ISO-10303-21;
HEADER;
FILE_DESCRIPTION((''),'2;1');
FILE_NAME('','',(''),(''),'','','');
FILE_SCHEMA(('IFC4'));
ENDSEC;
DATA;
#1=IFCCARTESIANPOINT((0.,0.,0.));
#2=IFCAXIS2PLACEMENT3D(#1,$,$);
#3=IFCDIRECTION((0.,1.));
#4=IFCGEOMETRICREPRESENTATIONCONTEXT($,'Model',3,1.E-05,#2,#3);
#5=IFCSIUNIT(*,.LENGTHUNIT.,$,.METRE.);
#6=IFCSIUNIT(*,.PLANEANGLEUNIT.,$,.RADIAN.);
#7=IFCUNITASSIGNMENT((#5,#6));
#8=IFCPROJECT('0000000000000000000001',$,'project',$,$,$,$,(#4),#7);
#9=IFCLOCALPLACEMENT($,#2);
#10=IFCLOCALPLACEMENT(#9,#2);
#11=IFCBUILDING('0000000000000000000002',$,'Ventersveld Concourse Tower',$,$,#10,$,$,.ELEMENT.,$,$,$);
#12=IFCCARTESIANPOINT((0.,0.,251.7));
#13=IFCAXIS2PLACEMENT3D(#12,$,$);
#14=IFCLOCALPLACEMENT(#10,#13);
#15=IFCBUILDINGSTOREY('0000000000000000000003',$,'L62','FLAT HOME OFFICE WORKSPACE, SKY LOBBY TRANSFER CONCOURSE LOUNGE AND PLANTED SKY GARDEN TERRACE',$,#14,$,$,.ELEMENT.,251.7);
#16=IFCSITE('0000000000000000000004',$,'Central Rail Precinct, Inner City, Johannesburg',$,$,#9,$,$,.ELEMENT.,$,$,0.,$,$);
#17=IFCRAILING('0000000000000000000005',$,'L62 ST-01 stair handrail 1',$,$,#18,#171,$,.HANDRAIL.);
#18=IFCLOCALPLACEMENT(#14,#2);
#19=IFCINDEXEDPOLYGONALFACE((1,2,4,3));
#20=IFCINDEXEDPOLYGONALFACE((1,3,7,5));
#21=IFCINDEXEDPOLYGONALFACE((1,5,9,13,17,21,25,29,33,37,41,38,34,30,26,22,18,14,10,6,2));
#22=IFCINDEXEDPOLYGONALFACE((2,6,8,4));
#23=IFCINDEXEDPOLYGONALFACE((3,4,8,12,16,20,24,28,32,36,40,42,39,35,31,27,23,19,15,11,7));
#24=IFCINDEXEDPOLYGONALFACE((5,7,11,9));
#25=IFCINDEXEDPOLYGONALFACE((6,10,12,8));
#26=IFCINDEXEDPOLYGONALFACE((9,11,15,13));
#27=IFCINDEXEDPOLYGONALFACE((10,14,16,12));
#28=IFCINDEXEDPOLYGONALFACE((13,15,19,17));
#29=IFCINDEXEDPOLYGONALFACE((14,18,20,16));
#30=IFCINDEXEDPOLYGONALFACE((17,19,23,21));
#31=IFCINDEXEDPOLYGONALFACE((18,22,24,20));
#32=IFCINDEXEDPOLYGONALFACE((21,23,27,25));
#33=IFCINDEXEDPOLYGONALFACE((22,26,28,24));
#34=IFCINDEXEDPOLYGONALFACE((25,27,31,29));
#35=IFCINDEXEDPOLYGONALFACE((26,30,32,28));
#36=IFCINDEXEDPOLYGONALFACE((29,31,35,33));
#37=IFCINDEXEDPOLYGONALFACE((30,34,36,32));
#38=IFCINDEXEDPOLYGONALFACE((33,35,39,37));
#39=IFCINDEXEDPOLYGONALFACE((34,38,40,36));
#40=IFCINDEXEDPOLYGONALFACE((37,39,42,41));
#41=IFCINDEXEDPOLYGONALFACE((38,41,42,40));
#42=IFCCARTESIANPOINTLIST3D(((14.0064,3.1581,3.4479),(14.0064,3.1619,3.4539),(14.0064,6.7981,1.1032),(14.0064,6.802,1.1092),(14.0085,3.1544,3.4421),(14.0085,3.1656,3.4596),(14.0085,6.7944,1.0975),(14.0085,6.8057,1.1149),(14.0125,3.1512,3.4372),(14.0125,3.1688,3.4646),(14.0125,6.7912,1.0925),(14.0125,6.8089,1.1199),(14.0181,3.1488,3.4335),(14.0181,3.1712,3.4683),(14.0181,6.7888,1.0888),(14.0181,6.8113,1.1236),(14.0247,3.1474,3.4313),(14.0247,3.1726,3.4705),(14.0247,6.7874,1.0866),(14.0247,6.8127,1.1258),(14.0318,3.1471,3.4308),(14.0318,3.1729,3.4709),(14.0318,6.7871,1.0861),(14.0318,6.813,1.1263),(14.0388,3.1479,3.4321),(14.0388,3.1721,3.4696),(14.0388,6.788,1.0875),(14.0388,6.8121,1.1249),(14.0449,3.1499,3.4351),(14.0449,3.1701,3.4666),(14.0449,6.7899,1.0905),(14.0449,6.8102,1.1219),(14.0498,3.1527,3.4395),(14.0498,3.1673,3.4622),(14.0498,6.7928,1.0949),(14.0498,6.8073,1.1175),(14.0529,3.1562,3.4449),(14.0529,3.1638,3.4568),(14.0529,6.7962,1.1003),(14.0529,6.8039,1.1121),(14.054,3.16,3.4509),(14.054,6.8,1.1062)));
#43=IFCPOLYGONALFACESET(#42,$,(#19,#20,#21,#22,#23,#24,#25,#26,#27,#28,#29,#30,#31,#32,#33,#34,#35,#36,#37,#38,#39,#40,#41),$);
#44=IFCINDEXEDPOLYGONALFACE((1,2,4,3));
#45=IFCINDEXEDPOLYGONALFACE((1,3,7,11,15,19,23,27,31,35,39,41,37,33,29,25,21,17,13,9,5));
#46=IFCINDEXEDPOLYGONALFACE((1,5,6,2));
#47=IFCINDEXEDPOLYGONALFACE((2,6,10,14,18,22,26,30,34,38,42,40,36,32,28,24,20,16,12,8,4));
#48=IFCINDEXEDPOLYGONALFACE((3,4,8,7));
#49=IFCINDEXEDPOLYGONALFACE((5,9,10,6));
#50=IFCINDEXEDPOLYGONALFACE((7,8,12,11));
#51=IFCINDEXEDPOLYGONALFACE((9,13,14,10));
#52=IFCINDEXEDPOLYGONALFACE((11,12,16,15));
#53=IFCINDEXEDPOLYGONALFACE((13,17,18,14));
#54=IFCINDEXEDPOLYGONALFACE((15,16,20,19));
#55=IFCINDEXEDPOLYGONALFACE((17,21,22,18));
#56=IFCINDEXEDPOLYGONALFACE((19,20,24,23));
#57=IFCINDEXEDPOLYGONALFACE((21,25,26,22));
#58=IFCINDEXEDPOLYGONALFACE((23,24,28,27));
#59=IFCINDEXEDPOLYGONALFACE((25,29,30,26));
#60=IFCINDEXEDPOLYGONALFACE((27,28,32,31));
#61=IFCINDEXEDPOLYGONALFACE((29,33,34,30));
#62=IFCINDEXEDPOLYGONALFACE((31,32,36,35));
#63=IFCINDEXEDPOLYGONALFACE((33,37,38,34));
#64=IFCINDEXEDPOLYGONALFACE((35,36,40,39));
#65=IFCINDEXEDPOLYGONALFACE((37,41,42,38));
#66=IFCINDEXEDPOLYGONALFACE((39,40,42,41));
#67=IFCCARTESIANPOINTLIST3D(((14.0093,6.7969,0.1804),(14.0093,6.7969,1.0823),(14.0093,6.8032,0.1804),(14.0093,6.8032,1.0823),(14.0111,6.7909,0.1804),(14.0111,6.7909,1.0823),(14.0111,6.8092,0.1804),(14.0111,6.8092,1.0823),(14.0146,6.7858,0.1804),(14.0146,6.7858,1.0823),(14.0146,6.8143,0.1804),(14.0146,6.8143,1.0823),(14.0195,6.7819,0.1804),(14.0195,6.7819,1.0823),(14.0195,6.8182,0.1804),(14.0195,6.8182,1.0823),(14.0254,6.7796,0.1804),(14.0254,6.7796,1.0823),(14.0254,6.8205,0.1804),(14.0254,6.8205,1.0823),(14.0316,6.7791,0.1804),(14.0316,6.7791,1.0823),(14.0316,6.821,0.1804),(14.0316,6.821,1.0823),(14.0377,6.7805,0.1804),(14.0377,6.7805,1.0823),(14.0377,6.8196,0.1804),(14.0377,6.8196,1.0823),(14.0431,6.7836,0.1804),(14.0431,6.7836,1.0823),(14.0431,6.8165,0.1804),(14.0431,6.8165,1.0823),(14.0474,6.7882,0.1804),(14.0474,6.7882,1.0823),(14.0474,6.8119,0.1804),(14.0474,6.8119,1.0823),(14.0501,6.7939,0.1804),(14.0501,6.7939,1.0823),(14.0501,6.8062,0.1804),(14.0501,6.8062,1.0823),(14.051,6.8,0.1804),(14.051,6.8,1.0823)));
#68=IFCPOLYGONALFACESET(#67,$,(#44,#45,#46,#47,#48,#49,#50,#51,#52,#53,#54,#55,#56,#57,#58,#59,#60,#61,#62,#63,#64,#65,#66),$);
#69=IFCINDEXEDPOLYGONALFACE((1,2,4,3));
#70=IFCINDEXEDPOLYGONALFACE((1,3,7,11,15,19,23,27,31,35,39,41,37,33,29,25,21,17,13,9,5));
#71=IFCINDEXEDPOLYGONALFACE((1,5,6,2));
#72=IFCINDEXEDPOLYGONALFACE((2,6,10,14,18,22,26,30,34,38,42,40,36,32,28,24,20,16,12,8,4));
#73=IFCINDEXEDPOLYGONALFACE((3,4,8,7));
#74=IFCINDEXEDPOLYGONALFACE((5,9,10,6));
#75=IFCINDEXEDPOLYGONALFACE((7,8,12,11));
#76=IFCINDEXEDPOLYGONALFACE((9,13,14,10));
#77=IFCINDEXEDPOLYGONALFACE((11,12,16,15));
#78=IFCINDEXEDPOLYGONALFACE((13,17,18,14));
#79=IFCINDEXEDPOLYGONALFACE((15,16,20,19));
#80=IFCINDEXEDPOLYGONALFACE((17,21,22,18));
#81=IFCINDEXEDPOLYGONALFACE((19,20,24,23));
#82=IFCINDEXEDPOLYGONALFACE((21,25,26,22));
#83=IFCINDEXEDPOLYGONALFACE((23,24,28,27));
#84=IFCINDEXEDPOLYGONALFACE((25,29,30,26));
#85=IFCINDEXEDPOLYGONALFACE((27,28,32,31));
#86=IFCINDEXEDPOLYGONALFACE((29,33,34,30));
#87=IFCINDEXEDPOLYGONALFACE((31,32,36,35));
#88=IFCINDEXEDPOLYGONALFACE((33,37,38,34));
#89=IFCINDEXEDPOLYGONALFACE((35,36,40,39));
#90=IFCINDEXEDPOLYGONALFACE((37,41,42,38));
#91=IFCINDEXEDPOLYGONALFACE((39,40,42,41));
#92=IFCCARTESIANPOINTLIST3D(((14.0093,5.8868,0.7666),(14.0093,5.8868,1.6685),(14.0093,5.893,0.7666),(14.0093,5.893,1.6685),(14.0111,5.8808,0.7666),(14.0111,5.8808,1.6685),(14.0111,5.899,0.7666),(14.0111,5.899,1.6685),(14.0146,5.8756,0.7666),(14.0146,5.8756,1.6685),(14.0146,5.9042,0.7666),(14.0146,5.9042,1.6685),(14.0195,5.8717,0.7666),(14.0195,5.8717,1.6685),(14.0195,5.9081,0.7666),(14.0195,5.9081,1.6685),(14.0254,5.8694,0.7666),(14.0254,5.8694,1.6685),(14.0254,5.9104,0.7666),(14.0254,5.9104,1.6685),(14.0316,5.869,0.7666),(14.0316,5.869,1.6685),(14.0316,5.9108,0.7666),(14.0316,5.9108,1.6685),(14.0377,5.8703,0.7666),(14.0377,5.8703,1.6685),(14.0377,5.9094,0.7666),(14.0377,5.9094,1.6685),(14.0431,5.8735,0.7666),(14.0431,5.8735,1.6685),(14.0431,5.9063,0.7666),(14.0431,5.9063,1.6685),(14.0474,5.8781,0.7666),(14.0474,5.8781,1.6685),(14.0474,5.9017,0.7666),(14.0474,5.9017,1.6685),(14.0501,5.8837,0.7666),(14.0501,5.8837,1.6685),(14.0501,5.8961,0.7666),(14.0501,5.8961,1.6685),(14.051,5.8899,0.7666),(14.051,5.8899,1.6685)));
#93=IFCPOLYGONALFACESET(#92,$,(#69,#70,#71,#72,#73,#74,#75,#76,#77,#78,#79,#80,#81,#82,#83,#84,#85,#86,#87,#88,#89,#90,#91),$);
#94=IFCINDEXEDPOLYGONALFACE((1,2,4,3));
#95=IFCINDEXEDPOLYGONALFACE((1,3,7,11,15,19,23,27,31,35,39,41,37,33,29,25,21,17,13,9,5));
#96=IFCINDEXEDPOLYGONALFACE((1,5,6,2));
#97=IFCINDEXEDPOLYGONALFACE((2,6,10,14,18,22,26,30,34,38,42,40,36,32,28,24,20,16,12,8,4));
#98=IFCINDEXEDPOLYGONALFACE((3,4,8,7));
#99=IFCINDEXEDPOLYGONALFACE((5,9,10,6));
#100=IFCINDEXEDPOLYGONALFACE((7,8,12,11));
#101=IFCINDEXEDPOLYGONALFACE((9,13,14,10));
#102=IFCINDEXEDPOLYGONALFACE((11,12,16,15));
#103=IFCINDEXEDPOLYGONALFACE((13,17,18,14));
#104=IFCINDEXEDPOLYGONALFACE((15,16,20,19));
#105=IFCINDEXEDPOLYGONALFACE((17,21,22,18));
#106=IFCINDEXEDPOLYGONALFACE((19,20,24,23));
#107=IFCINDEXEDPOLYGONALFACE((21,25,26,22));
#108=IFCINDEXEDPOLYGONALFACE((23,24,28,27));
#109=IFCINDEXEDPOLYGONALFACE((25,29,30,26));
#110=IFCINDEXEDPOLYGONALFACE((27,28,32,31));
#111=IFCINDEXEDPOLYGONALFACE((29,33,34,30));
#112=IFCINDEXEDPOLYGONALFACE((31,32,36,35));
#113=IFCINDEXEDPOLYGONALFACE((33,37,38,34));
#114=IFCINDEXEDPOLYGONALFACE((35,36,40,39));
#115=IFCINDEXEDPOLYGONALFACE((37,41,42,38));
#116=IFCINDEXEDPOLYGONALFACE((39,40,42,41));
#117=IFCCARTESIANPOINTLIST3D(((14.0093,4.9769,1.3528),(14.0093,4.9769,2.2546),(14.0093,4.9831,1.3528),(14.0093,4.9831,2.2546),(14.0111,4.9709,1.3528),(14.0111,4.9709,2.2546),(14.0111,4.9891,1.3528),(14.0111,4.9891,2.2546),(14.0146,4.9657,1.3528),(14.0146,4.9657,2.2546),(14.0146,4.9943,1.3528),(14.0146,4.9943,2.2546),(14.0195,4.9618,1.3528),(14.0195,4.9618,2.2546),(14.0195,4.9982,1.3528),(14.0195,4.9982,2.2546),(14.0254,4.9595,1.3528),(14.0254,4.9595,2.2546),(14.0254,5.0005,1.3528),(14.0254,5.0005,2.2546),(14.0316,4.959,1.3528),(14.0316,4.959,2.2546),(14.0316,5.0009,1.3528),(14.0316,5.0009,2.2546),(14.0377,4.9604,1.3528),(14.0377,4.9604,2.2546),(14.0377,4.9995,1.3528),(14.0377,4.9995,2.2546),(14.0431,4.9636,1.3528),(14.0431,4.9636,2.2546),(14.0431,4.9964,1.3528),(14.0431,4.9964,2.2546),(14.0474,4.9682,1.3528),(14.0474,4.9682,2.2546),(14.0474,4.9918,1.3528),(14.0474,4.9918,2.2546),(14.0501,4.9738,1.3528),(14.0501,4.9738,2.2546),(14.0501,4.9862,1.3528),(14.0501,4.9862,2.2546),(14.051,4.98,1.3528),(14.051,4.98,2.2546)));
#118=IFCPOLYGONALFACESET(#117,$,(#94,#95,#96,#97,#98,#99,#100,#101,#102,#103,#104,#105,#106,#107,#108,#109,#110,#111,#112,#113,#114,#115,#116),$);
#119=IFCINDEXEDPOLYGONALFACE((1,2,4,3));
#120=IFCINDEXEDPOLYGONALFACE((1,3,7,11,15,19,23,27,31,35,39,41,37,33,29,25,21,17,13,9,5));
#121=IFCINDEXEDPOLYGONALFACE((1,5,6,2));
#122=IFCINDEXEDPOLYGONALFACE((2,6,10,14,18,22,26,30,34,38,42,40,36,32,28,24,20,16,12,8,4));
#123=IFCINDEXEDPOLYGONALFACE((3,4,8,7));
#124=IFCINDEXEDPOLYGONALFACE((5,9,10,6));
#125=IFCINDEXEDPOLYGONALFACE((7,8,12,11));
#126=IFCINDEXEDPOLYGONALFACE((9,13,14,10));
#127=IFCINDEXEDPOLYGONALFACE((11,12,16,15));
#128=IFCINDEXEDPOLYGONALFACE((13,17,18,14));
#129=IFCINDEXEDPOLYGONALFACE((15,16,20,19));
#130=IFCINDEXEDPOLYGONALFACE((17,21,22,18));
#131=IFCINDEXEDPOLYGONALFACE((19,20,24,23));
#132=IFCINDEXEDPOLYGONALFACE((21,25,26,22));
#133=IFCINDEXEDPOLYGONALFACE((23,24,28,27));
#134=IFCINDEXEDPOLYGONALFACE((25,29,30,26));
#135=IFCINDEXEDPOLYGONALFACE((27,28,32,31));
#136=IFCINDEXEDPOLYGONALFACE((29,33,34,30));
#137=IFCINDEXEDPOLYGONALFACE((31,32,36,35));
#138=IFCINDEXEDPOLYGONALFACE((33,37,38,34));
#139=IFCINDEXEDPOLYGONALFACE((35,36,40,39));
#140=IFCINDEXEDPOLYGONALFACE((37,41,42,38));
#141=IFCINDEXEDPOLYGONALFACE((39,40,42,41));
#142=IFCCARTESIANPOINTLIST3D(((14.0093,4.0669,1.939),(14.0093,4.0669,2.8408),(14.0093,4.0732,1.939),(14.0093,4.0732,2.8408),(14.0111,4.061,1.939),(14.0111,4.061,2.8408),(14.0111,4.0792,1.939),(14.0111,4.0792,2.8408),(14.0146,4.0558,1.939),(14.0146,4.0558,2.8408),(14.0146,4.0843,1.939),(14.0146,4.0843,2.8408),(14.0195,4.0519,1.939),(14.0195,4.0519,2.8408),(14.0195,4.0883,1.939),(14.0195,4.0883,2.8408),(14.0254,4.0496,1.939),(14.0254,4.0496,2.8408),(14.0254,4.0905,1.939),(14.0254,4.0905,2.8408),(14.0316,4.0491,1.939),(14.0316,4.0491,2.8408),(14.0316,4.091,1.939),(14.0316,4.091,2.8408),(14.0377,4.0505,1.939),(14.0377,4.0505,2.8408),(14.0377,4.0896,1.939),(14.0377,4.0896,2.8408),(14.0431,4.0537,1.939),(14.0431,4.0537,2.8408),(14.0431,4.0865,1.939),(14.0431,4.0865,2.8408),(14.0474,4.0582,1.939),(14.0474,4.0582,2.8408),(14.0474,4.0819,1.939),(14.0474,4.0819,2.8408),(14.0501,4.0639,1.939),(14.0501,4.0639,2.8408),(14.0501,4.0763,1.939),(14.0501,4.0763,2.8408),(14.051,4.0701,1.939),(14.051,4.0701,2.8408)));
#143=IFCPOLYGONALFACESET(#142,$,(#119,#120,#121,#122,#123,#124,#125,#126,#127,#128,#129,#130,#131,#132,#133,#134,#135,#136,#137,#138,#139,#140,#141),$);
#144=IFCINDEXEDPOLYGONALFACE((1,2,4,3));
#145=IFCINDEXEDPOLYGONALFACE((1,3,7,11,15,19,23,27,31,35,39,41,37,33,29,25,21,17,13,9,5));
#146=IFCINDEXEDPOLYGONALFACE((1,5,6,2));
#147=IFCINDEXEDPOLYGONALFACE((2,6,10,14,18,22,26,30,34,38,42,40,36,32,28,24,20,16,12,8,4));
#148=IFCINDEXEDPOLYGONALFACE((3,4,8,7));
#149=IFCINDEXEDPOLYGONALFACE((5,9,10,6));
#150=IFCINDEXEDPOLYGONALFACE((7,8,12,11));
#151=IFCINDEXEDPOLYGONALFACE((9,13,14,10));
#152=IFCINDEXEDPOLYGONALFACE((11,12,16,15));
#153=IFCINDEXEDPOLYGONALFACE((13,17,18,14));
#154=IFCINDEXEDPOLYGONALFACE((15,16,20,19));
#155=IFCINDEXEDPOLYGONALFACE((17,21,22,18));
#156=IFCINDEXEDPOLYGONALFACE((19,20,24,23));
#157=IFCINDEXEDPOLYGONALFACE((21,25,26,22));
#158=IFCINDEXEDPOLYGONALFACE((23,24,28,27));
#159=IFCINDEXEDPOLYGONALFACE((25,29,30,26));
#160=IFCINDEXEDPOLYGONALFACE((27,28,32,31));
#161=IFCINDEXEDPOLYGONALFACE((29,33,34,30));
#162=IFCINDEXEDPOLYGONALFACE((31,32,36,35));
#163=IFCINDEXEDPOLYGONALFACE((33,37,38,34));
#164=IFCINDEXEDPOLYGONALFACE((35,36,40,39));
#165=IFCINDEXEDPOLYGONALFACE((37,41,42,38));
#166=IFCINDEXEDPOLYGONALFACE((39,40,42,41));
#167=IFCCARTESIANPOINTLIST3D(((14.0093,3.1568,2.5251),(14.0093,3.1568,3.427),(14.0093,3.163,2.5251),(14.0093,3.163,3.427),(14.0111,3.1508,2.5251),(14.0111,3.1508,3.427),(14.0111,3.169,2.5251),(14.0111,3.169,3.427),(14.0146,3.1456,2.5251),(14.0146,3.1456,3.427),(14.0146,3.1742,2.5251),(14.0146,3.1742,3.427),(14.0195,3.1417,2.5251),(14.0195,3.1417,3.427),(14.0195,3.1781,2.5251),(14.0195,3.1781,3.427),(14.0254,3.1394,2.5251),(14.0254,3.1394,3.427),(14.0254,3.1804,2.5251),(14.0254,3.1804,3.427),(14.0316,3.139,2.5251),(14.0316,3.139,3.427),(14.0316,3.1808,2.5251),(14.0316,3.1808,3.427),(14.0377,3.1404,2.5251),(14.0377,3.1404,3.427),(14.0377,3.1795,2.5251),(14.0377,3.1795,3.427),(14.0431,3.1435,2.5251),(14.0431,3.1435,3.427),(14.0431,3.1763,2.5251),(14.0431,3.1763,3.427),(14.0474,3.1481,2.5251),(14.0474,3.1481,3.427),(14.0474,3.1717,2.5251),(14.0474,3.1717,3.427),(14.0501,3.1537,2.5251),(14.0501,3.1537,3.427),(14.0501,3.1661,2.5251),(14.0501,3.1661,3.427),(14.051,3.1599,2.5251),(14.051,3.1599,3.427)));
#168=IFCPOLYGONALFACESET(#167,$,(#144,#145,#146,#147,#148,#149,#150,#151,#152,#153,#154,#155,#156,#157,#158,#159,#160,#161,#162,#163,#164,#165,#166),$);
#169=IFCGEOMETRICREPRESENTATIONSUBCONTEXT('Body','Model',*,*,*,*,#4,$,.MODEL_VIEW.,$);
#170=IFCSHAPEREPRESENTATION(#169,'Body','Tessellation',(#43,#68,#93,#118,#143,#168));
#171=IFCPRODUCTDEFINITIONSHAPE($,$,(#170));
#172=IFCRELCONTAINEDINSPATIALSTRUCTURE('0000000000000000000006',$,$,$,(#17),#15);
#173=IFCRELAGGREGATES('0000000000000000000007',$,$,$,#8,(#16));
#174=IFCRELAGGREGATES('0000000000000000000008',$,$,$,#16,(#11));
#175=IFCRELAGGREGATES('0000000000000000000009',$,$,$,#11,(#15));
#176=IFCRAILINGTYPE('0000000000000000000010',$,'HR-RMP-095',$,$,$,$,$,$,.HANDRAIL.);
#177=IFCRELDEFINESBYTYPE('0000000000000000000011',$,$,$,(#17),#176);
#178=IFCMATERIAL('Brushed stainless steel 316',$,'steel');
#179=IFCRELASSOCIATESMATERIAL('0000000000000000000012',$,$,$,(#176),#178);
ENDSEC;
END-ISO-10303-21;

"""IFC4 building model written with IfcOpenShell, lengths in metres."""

from ifc_helpers import new_model, si_unit, direction, frame, origin, origin_2d, place, context, subcontext, project, spatial, circle, extrude, material, type_object, element, save


model = new_model("IFC4")

# Units and contexts
model_context = context("Model", 3, precision=1e-05, world=origin(), true_north=direction((0.0, 1.0)))
body_context = subcontext(model_context, "Body", "Model", "MODEL_VIEW")
ifc_project = project(units=[si_unit("LENGTHUNIT", "METRE"), si_unit("PLANEANGLEUNIT", "RADIAN")], contexts=[model_context])

# Site, building, storey
site_placement = place(None, origin())
site = spatial("IfcSite", under=ifc_project, at=site_placement, Name="Central Rail Precinct, Inner City, Johannesburg", CompositionType="ELEMENT", RefElevation=0.0)
building_placement = place(site_placement, origin())
building = spatial("IfcBuilding", under=site, at=building_placement, Name="Ventersveld Concourse Tower", CompositionType="ELEMENT")
storey_placement = place(building_placement, frame((0.0, 0.0, 251.7)))
storey = spatial("IfcBuildingStorey", under=building, at=storey_placement, Name="L62", Description="FLAT HOME OFFICE WORKSPACE, SKY LOBBY TRANSFER CONCOURSE LOUNGE AND PLANTED SKY GARDEN TERRACE", CompositionType="ELEMENT", Elevation=251.7)

# Railing
ifc_material_1 = material(Name="Brushed stainless steel 316", Category="steel")
railing_type_1 = type_object("IfcRailingType", Name="HR-RMP-095", PredefinedType="HANDRAIL", material=ifc_material_1)
railing_1_placement = place(storey_placement, frame((14.03, 6.8, 0.1804)))
element("IfcRailing", 1, at=railing_1_placement, inside=storey, type_object=railing_type_1, Name="L62 ST-01 stair handrail 1", PredefinedType="HANDRAIL", context=body_context, shape_type="SweptSolid", body=[
    extrude(circle(Radius=0.0239, at=origin_2d()), frame((0.0, 0.0, 0.9258), z_axis=(0.0, -0.840691, 0.541515), x_axis=(1.0, 0.0, 0.0)), (0.0, 0.0, 1.0), 4.3298),
    extrude(circle(Radius=0.021, at=origin_2d()), origin(), (0.0, 0.0, 1.0), 0.9019),
    extrude(circle(Radius=0.021, at=origin_2d()), frame((0.0, -0.9102, 0.5862)), (0.0, 0.0, 1.0), 0.9019),
    extrude(circle(Radius=0.021, at=origin_2d()), frame((0.0, -1.8201, 1.1724)), (0.0, 0.0, 1.0), 0.9019),
    extrude(circle(Radius=0.021, at=origin_2d()), frame((0.0, -2.73, 1.7585)), (0.0, 0.0, 1.0), 0.9019),
    extrude(circle(Radius=0.021, at=origin_2d()), frame((0.0, -3.6401, 2.3447)), (0.0, 0.0, 1.0), 0.9019),
])

save(model, "model.ifc")
